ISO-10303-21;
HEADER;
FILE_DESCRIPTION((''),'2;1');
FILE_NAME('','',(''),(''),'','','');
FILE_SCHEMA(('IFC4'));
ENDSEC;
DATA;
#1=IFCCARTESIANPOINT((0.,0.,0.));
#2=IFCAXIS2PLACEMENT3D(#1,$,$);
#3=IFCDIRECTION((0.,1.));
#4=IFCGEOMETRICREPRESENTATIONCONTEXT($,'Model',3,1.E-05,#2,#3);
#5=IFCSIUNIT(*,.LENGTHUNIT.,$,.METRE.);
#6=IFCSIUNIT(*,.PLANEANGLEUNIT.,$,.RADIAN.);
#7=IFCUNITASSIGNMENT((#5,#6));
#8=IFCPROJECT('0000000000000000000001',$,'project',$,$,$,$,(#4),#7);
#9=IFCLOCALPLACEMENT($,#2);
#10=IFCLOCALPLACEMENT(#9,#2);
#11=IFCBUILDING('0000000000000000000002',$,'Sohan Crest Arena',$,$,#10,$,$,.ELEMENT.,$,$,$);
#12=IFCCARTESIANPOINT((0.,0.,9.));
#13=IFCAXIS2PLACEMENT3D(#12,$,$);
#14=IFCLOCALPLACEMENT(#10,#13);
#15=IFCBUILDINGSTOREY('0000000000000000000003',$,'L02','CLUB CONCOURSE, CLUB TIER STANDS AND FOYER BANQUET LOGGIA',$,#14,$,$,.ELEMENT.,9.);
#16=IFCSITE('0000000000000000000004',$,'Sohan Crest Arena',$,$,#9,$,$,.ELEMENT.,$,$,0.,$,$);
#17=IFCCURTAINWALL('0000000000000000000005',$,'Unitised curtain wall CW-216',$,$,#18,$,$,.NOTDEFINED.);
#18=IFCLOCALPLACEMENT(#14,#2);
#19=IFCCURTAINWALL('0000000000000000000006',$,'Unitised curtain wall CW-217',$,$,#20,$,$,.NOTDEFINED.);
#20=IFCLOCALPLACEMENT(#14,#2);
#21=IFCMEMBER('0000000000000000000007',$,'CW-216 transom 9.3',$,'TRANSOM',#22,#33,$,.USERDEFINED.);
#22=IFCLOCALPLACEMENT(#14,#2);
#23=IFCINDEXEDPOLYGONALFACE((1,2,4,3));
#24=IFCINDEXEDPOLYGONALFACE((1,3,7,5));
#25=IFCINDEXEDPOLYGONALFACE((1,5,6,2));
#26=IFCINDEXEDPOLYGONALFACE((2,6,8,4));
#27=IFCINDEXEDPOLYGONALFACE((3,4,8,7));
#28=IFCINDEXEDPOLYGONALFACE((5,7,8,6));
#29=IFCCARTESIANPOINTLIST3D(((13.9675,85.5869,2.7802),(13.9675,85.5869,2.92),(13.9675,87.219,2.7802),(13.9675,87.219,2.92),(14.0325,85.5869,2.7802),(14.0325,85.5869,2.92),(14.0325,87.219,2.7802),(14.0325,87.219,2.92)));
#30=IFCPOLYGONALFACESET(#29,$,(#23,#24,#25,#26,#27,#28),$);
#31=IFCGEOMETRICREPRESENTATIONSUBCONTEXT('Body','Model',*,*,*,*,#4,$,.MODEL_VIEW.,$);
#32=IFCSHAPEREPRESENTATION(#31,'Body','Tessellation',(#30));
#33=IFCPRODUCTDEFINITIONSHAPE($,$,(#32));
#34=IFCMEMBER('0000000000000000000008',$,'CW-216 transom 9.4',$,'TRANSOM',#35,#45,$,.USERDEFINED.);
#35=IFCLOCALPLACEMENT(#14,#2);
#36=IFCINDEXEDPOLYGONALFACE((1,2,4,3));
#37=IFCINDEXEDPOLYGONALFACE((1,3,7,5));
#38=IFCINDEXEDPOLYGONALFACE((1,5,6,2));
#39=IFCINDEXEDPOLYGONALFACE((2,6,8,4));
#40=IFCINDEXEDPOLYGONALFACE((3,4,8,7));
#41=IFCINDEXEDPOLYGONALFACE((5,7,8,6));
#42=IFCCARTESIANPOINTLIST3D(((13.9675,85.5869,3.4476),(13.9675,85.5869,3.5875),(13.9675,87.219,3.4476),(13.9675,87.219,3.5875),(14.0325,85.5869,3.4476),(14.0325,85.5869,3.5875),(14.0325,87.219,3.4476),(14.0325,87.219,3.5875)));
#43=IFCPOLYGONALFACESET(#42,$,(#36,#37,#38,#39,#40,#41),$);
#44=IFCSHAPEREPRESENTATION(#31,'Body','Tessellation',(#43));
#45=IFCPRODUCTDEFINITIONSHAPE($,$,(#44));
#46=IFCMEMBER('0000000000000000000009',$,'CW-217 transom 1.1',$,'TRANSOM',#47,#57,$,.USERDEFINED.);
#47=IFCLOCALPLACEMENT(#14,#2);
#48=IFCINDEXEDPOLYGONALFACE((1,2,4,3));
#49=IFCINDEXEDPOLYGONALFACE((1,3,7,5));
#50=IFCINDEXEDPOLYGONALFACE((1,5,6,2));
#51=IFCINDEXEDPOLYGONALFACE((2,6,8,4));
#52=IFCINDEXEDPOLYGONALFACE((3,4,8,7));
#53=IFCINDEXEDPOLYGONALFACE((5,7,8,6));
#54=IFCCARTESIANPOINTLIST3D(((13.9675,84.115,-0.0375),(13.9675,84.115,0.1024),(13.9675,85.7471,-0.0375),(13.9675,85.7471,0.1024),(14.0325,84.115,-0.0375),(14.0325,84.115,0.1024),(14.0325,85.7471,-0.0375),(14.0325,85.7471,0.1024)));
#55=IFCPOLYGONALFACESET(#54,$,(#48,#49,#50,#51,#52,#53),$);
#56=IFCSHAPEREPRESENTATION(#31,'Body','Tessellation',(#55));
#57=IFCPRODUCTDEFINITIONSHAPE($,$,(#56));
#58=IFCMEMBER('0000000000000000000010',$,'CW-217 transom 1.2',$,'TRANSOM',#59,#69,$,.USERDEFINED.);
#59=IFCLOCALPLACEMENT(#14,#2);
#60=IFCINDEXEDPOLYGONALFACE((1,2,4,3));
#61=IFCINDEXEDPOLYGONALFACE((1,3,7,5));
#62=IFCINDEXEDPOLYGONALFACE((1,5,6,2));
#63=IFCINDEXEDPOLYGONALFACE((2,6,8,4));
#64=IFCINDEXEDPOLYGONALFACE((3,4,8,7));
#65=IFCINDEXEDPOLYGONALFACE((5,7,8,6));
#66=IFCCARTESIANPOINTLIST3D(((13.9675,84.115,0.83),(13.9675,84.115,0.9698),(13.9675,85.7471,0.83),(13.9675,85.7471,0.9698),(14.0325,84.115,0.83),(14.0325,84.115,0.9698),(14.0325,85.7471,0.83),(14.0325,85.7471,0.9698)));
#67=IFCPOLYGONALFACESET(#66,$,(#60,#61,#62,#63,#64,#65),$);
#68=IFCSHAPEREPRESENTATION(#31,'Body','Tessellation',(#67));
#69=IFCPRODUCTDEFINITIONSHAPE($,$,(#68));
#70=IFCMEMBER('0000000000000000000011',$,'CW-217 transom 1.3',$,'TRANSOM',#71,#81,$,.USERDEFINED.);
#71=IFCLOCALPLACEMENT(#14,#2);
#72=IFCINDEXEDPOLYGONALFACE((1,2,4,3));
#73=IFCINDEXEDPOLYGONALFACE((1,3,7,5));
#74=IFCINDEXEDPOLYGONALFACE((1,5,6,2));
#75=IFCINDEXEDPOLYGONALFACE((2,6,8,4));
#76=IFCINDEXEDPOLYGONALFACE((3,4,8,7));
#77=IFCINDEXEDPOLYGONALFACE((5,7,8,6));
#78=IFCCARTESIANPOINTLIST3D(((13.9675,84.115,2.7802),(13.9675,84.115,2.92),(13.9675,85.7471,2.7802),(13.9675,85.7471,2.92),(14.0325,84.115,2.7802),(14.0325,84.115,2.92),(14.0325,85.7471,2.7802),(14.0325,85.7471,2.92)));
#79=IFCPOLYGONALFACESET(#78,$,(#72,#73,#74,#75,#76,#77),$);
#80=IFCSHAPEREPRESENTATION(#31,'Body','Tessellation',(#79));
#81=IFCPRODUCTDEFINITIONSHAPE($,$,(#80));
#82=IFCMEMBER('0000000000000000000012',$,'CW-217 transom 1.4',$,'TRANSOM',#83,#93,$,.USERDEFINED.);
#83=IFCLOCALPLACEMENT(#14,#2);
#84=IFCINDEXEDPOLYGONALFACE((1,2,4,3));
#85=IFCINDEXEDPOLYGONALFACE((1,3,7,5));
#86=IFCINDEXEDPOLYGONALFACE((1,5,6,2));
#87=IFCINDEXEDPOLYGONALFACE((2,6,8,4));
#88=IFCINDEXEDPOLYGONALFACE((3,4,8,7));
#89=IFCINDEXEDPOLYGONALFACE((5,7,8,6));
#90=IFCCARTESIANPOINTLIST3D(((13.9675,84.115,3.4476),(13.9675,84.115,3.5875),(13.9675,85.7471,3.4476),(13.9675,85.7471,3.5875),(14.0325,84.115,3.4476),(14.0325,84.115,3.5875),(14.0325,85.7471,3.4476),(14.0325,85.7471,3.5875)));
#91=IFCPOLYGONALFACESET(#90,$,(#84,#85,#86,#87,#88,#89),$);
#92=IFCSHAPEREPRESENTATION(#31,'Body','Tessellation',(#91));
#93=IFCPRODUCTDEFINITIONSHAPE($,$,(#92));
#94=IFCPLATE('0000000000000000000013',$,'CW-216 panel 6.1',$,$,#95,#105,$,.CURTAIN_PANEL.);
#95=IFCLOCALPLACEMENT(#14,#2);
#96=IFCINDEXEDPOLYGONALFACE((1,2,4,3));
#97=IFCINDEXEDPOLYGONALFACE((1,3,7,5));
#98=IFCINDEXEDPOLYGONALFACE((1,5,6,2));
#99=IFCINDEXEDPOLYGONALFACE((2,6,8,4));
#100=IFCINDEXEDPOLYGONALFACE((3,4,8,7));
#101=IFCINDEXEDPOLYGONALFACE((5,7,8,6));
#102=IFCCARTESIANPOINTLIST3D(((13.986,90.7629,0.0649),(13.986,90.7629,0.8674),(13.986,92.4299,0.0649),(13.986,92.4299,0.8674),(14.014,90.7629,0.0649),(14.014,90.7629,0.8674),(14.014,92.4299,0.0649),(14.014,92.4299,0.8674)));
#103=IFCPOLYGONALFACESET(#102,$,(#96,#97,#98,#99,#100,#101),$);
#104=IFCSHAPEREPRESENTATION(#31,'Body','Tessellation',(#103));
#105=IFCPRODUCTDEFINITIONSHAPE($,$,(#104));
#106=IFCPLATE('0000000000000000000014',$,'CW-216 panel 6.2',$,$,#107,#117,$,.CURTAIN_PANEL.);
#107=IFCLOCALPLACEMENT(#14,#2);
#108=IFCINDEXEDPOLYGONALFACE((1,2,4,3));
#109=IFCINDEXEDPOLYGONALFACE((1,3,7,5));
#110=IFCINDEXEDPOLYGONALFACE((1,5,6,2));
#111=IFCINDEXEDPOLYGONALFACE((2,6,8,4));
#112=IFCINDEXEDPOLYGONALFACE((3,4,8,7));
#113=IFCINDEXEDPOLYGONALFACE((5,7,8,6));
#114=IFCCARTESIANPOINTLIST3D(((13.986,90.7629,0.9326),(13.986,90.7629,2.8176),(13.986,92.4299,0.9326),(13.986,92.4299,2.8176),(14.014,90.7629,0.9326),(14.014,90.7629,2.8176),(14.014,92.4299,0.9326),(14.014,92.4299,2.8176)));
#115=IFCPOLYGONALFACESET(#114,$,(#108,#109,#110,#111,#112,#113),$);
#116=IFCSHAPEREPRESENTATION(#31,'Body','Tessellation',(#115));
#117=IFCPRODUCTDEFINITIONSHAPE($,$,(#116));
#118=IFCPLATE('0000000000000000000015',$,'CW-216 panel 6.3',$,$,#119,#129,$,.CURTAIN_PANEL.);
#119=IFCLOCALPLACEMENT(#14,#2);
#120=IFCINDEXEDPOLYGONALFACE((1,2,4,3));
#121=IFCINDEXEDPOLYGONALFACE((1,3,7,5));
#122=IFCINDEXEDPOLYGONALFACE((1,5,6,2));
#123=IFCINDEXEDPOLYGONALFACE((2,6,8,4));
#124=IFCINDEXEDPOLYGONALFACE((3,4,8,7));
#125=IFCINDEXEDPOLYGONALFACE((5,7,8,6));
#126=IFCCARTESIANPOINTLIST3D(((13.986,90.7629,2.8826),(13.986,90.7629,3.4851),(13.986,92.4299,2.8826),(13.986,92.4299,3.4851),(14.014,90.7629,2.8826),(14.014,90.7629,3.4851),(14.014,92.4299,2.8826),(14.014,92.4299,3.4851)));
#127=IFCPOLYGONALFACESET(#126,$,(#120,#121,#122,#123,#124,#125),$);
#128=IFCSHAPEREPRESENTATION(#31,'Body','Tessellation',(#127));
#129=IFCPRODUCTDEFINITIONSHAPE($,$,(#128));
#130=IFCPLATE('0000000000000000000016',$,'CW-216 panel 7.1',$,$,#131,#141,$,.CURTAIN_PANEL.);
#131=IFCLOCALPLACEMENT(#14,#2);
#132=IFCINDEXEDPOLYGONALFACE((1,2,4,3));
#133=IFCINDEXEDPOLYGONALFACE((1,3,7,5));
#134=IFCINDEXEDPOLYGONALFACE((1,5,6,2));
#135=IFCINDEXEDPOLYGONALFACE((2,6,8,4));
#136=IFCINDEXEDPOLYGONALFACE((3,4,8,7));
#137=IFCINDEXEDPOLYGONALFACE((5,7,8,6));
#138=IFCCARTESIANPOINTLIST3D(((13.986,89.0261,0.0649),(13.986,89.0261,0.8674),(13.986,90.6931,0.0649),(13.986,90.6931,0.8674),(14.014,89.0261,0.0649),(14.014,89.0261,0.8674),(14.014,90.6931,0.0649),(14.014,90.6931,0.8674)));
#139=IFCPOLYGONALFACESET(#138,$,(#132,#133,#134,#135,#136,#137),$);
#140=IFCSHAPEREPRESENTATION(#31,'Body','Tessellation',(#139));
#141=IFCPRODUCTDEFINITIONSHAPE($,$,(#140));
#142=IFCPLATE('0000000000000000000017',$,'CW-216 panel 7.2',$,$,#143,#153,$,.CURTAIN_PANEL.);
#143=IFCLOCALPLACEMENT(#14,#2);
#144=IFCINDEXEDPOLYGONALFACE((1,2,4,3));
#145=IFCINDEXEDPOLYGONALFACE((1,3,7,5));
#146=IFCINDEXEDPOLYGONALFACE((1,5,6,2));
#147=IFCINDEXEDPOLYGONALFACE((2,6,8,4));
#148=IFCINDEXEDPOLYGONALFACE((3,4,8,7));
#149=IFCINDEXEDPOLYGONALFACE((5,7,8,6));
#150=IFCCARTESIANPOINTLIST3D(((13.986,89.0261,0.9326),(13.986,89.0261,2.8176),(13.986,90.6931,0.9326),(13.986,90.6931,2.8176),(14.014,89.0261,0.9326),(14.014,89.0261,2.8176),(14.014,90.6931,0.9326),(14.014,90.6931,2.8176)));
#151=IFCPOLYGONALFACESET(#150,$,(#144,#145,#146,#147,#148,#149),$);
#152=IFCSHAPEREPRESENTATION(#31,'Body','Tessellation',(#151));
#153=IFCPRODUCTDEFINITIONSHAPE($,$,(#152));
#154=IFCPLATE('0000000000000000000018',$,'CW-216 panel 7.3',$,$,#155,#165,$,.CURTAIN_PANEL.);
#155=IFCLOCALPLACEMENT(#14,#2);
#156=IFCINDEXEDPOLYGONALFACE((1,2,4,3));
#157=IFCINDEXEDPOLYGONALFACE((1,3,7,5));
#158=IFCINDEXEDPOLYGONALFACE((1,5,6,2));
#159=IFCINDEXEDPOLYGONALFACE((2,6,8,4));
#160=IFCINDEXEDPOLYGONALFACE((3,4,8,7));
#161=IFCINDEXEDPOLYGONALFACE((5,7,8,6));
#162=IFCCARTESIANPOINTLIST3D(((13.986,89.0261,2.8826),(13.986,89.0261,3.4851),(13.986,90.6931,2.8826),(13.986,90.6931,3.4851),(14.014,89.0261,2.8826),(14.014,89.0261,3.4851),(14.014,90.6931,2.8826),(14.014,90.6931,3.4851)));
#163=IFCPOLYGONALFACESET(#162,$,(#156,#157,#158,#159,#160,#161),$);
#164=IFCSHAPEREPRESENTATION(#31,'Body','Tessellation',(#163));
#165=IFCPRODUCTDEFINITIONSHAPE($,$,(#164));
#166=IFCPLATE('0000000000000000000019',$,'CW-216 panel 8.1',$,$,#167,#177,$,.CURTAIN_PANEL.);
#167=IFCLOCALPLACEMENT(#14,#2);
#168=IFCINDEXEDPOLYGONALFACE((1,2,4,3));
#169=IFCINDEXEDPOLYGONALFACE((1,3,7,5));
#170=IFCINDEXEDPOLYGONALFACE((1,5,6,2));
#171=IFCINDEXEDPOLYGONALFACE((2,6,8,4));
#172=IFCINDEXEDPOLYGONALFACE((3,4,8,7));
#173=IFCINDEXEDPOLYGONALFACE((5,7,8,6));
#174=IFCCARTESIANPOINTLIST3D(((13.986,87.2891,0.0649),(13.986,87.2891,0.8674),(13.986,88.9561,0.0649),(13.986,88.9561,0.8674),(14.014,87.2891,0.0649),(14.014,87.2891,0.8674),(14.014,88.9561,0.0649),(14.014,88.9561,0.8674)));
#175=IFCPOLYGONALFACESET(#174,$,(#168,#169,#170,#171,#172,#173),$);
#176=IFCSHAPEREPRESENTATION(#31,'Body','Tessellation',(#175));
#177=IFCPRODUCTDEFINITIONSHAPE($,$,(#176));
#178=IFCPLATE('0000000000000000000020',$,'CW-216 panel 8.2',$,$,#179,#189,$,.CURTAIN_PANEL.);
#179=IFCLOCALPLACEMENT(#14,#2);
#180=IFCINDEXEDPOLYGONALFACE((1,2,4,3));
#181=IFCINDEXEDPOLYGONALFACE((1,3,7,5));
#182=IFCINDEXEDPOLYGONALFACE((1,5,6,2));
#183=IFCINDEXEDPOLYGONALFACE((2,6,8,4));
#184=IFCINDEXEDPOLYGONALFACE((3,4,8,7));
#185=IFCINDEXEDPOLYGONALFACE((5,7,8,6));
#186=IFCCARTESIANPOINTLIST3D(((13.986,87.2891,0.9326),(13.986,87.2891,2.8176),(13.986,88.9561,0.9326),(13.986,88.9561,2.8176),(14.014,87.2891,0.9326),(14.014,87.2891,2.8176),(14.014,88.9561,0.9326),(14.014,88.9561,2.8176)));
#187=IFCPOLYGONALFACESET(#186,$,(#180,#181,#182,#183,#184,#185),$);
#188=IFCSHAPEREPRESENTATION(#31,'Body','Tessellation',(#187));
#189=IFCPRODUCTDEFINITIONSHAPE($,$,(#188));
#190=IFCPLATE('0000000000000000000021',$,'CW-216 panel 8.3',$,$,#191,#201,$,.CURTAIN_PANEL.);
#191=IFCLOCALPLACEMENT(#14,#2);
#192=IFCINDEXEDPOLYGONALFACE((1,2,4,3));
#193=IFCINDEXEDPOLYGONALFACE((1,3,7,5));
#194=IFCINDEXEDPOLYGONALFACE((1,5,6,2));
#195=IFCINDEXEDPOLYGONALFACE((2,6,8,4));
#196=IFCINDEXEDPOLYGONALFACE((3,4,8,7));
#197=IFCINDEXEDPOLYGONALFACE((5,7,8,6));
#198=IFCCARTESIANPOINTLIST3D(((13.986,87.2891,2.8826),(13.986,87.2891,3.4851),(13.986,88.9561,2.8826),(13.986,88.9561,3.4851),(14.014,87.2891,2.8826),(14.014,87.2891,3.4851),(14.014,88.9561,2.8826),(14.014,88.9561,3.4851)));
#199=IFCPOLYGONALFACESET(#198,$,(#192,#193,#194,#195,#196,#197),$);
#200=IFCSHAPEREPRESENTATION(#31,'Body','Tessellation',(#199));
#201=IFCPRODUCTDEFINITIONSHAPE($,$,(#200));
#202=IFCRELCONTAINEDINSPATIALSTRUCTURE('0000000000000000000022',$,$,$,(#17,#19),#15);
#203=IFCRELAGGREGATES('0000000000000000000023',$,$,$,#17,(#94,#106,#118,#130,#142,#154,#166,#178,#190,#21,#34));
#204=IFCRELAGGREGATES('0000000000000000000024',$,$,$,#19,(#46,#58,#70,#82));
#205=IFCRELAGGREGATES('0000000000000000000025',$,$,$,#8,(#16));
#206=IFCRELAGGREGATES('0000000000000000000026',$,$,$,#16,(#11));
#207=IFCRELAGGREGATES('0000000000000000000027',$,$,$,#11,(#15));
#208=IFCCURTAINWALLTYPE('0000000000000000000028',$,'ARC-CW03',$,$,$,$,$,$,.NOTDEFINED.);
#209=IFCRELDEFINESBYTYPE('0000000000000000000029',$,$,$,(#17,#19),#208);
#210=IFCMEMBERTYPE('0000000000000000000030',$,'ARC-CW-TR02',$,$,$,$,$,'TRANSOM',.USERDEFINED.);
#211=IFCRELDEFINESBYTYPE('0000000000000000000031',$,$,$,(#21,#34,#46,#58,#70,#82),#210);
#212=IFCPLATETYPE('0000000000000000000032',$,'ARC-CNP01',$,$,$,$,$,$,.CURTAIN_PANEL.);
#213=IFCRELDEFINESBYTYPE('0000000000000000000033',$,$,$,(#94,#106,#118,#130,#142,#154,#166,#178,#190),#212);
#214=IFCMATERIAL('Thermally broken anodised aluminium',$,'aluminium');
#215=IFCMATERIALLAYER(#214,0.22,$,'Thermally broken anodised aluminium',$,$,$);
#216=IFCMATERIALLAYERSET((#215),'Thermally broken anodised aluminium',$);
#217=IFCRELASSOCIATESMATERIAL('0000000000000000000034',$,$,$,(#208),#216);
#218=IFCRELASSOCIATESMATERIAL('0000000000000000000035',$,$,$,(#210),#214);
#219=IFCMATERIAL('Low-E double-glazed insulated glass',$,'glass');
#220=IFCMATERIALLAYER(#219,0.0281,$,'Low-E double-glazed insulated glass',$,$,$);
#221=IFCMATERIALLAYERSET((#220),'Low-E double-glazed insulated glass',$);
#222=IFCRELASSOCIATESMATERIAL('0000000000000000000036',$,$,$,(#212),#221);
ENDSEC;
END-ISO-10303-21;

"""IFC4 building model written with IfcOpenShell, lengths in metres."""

from ifc_helpers import new_model, si_unit, direction, frame, origin, origin_2d, place, context, subcontext, project, spatial, rectangle, extrude, material, layer, layer_set, material_profile, profile_set, type_object, element, aggregate, save


model = new_model("IFC4")

# Units and contexts
model_context = context("Model", 3, precision=1e-05, world=origin(), true_north=direction((0.0, 1.0)))
body_context = subcontext(model_context, "Body", "Model", "MODEL_VIEW")
ifc_project = project(units=[si_unit("LENGTHUNIT", "METRE"), si_unit("PLANEANGLEUNIT", "RADIAN")], contexts=[model_context])

# Site, building, storey
site_placement = place(None, origin())
site = spatial("IfcSite", under=ifc_project, at=site_placement, Name="Sohan Crest Arena", CompositionType="ELEMENT", RefElevation=0.0)
building_placement = place(site_placement, origin())
building = spatial("IfcBuilding", under=site, at=building_placement, Name="Sohan Crest Arena", CompositionType="ELEMENT")
storey_placement = place(building_placement, frame((0.0, 0.0, 9.0)))
storey = spatial("IfcBuildingStorey", under=building, at=storey_placement, Name="L02", Description="CLUB CONCOURSE, CLUB TIER STANDS AND FOYER BANQUET LOGGIA", CompositionType="ELEMENT", Elevation=9.0)

# Curtain wall
ifc_material_1 = material(Name="Thermally broken anodised aluminium", Category="aluminium")
ifc_layer_1 = layer(ifc_material_1, 0.22, Name="Thermally broken anodised aluminium")
ifc_layer_set_1 = layer_set([ifc_layer_1], Name="Thermally broken anodised aluminium")
curtain_wall_type = type_object("IfcCurtainWallType", Name="ARC-CW03", PredefinedType="NOTDEFINED", material=ifc_layer_set_1)
curtain_wall_1_placement = place(storey_placement, origin())
curtain_wall_1 = element("IfcCurtainWall", 1, at=curtain_wall_1_placement, inside=storey, type_object=curtain_wall_type, Name="Unitised curtain wall CW-216", PredefinedType="NOTDEFINED")

# Curtain wall
curtain_wall_2_placement = place(storey_placement, origin())
curtain_wall_2 = element("IfcCurtainWall", 2, at=curtain_wall_2_placement, inside=storey, type_object=curtain_wall_type, Name="Unitised curtain wall CW-217", PredefinedType="NOTDEFINED")

# Members
ifc_material_profile_1 = material_profile(ifc_material_1, rectangle(XDim=0.0649, YDim=0.1399, at=origin_2d()), Name="ALU-TRAN 65x140")
ifc_profile_set_1 = profile_set([ifc_material_profile_1], Name="Thermally broken anodised aluminium")
member_type_1 = type_object("IfcMemberType", Name="ARC-CW-TR02", ElementType="TRANSOM", PredefinedType="USERDEFINED", material=ifc_profile_set_1)
member_1_placement = place(storey_placement, frame((14.0, 87.219, 2.8501), z_axis=(0.0, -1.0, 0.0), x_axis=(1.0, 0.0, 0.0)))
member_1 = element("IfcMember", 3, at=member_1_placement, type_object=member_type_1, Name="CW-216 transom 9.3", ObjectType="TRANSOM", PredefinedType="USERDEFINED", context=body_context, shape_type="SweptSolid", body=[
    extrude(rectangle(XDim=0.0649, YDim=0.1399, at=origin_2d()), origin(), (0.0, 0.0, 1.0), 1.6321),
])
member_2_placement = place(storey_placement, frame((14.0, 87.219, 3.5176), z_axis=(0.0, -1.0, 0.0), x_axis=(1.0, 0.0, 0.0)))
member_2 = element("IfcMember", 4, at=member_2_placement, type_object=member_type_1, Name="CW-216 transom 9.4", ObjectType="TRANSOM", PredefinedType="USERDEFINED", context=body_context, shape_type="SweptSolid", body=[
    extrude(rectangle(XDim=0.0649, YDim=0.1399, at=origin_2d()), origin(), (0.0, 0.0, 1.0), 1.6321),
])
member_3_placement = place(storey_placement, frame((14.0, 85.7471, 0.0325), z_axis=(0.0, -1.0, 0.0), x_axis=(1.0, 0.0, 0.0)))
member_3 = element("IfcMember", 5, at=member_3_placement, type_object=member_type_1, Name="CW-217 transom 1.1", ObjectType="TRANSOM", PredefinedType="USERDEFINED", context=body_context, shape_type="SweptSolid", body=[
    extrude(rectangle(XDim=0.0649, YDim=0.1399, at=origin_2d()), origin(), (0.0, 0.0, 1.0), 1.6321),
])
member_4_placement = place(storey_placement, frame((14.0, 85.7471, 0.8999), z_axis=(0.0, -1.0, 0.0), x_axis=(1.0, 0.0, 0.0)))
member_4 = element("IfcMember", 6, at=member_4_placement, type_object=member_type_1, Name="CW-217 transom 1.2", ObjectType="TRANSOM", PredefinedType="USERDEFINED", context=body_context, shape_type="SweptSolid", body=[
    extrude(rectangle(XDim=0.0649, YDim=0.1399, at=origin_2d()), origin(), (0.0, 0.0, 1.0), 1.6321),
])
member_5_placement = place(storey_placement, frame((14.0, 85.7471, 2.8501), z_axis=(0.0, -1.0, 0.0), x_axis=(1.0, 0.0, 0.0)))
member_5 = element("IfcMember", 7, at=member_5_placement, type_object=member_type_1, Name="CW-217 transom 1.3", ObjectType="TRANSOM", PredefinedType="USERDEFINED", context=body_context, shape_type="SweptSolid", body=[
    extrude(rectangle(XDim=0.0649, YDim=0.1399, at=origin_2d()), origin(), (0.0, 0.0, 1.0), 1.6321),
])
member_6_placement = place(storey_placement, frame((14.0, 85.7471, 3.5176), z_axis=(0.0, -1.0, 0.0), x_axis=(1.0, 0.0, 0.0)))
member_6 = element("IfcMember", 8, at=member_6_placement, type_object=member_type_1, Name="CW-217 transom 1.4", ObjectType="TRANSOM", PredefinedType="USERDEFINED", context=body_context, shape_type="SweptSolid", body=[
    extrude(rectangle(XDim=0.0649, YDim=0.1399, at=origin_2d()), origin(), (0.0, 0.0, 1.0), 1.6321),
])

# Plates
ifc_material_2 = material(Name="Low-E double-glazed insulated glass", Category="glass")
ifc_layer_2 = layer(ifc_material_2, 0.0281, Name="Low-E double-glazed insulated glass")
ifc_layer_set_2 = layer_set([ifc_layer_2], Name="Low-E double-glazed insulated glass")
plate_type = type_object("IfcPlateType", Name="ARC-CNP01", PredefinedType="CURTAIN_PANEL", material=ifc_layer_set_2)
plate_1_placement = place(storey_placement, frame((14.0, 91.5964, 0.0649), z_axis=(0.0, 0.0, 1.0), x_axis=(0.0, -1.0, 0.0)))
plate_1 = element("IfcPlate", 9, at=plate_1_placement, type_object=plate_type, Name="CW-216 panel 6.1", PredefinedType="CURTAIN_PANEL", context=body_context, shape_type="SweptSolid", body=[
    extrude(rectangle(XDim=1.667, YDim=0.0281, at=origin_2d()), origin(), (0.0, 0.0, 1.0), 0.8025),
])
plate_2_placement = place(storey_placement, frame((14.0, 91.5964, 0.9326), z_axis=(0.0, 0.0, 1.0), x_axis=(0.0, -1.0, 0.0)))
plate_2 = element("IfcPlate", 10, at=plate_2_placement, type_object=plate_type, Name="CW-216 panel 6.2", PredefinedType="CURTAIN_PANEL", context=body_context, shape_type="SweptSolid", body=[
    extrude(rectangle(XDim=1.667, YDim=0.0281, at=origin_2d()), origin(), (0.0, 0.0, 1.0), 1.885),
])
plate_3_placement = place(storey_placement, frame((14.0, 91.5964, 2.8826), z_axis=(0.0, 0.0, 1.0), x_axis=(0.0, -1.0, 0.0)))
plate_3 = element("IfcPlate", 11, at=plate_3_placement, type_object=plate_type, Name="CW-216 panel 6.3", PredefinedType="CURTAIN_PANEL", context=body_context, shape_type="SweptSolid", body=[
    extrude(rectangle(XDim=1.667, YDim=0.0281, at=origin_2d()), origin(), (0.0, 0.0, 1.0), 0.6025),
])
plate_4_placement = place(storey_placement, frame((14.0, 89.8596, 0.0649), z_axis=(0.0, 0.0, 1.0), x_axis=(0.0, -1.0, 0.0)))
plate_4 = element("IfcPlate", 12, at=plate_4_placement, type_object=plate_type, Name="CW-216 panel 7.1", PredefinedType="CURTAIN_PANEL", context=body_context, shape_type="SweptSolid", body=[
    extrude(rectangle(XDim=1.667, YDim=0.0281, at=origin_2d()), origin(), (0.0, 0.0, 1.0), 0.8025),
])
plate_5_placement = place(storey_placement, frame((14.0, 89.8596, 0.9326), z_axis=(0.0, 0.0, 1.0), x_axis=(0.0, -1.0, 0.0)))
plate_5 = element("IfcPlate", 13, at=plate_5_placement, type_object=plate_type, Name="CW-216 panel 7.2", PredefinedType="CURTAIN_PANEL", context=body_context, shape_type="SweptSolid", body=[
    extrude(rectangle(XDim=1.667, YDim=0.0281, at=origin_2d()), origin(), (0.0, 0.0, 1.0), 1.885),
])
plate_6_placement = place(storey_placement, frame((14.0, 89.8596, 2.8826), z_axis=(0.0, 0.0, 1.0), x_axis=(0.0, -1.0, 0.0)))
plate_6 = element("IfcPlate", 14, at=plate_6_placement, type_object=plate_type, Name="CW-216 panel 7.3", PredefinedType="CURTAIN_PANEL", context=body_context, shape_type="SweptSolid", body=[
    extrude(rectangle(XDim=1.667, YDim=0.0281, at=origin_2d()), origin(), (0.0, 0.0, 1.0), 0.6025),
])
plate_7_placement = place(storey_placement, frame((14.0, 88.1226, 0.0649), z_axis=(0.0, 0.0, 1.0), x_axis=(0.0, -1.0, 0.0)))
plate_7 = element("IfcPlate", 15, at=plate_7_placement, type_object=plate_type, Name="CW-216 panel 8.1", PredefinedType="CURTAIN_PANEL", context=body_context, shape_type="SweptSolid", body=[
    extrude(rectangle(XDim=1.667, YDim=0.0281, at=origin_2d()), origin(), (0.0, 0.0, 1.0), 0.8025),
])
plate_8_placement = place(storey_placement, frame((14.0, 88.1226, 0.9326), z_axis=(0.0, 0.0, 1.0), x_axis=(0.0, -1.0, 0.0)))
plate_8 = element("IfcPlate", 16, at=plate_8_placement, type_object=plate_type, Name="CW-216 panel 8.2", PredefinedType="CURTAIN_PANEL", context=body_context, shape_type="SweptSolid", body=[
    extrude(rectangle(XDim=1.667, YDim=0.0281, at=origin_2d()), origin(), (0.0, 0.0, 1.0), 1.885),
])
plate_9_placement = place(storey_placement, frame((14.0, 88.1226, 2.8826), z_axis=(0.0, 0.0, 1.0), x_axis=(0.0, -1.0, 0.0)))
plate_9 = element("IfcPlate", 17, at=plate_9_placement, type_object=plate_type, Name="CW-216 panel 8.3", PredefinedType="CURTAIN_PANEL", context=body_context, shape_type="SweptSolid", body=[
    extrude(rectangle(XDim=1.667, YDim=0.0281, at=origin_2d()), origin(), (0.0, 0.0, 1.0), 0.6025),
])
aggregate(curtain_wall_1, [plate_1, plate_2, plate_3, plate_4, plate_5, plate_6, plate_7, plate_8, plate_9, member_1, member_2])
aggregate(curtain_wall_2, [member_3, member_4, member_5, member_6])

save(model, "model.ifc")
